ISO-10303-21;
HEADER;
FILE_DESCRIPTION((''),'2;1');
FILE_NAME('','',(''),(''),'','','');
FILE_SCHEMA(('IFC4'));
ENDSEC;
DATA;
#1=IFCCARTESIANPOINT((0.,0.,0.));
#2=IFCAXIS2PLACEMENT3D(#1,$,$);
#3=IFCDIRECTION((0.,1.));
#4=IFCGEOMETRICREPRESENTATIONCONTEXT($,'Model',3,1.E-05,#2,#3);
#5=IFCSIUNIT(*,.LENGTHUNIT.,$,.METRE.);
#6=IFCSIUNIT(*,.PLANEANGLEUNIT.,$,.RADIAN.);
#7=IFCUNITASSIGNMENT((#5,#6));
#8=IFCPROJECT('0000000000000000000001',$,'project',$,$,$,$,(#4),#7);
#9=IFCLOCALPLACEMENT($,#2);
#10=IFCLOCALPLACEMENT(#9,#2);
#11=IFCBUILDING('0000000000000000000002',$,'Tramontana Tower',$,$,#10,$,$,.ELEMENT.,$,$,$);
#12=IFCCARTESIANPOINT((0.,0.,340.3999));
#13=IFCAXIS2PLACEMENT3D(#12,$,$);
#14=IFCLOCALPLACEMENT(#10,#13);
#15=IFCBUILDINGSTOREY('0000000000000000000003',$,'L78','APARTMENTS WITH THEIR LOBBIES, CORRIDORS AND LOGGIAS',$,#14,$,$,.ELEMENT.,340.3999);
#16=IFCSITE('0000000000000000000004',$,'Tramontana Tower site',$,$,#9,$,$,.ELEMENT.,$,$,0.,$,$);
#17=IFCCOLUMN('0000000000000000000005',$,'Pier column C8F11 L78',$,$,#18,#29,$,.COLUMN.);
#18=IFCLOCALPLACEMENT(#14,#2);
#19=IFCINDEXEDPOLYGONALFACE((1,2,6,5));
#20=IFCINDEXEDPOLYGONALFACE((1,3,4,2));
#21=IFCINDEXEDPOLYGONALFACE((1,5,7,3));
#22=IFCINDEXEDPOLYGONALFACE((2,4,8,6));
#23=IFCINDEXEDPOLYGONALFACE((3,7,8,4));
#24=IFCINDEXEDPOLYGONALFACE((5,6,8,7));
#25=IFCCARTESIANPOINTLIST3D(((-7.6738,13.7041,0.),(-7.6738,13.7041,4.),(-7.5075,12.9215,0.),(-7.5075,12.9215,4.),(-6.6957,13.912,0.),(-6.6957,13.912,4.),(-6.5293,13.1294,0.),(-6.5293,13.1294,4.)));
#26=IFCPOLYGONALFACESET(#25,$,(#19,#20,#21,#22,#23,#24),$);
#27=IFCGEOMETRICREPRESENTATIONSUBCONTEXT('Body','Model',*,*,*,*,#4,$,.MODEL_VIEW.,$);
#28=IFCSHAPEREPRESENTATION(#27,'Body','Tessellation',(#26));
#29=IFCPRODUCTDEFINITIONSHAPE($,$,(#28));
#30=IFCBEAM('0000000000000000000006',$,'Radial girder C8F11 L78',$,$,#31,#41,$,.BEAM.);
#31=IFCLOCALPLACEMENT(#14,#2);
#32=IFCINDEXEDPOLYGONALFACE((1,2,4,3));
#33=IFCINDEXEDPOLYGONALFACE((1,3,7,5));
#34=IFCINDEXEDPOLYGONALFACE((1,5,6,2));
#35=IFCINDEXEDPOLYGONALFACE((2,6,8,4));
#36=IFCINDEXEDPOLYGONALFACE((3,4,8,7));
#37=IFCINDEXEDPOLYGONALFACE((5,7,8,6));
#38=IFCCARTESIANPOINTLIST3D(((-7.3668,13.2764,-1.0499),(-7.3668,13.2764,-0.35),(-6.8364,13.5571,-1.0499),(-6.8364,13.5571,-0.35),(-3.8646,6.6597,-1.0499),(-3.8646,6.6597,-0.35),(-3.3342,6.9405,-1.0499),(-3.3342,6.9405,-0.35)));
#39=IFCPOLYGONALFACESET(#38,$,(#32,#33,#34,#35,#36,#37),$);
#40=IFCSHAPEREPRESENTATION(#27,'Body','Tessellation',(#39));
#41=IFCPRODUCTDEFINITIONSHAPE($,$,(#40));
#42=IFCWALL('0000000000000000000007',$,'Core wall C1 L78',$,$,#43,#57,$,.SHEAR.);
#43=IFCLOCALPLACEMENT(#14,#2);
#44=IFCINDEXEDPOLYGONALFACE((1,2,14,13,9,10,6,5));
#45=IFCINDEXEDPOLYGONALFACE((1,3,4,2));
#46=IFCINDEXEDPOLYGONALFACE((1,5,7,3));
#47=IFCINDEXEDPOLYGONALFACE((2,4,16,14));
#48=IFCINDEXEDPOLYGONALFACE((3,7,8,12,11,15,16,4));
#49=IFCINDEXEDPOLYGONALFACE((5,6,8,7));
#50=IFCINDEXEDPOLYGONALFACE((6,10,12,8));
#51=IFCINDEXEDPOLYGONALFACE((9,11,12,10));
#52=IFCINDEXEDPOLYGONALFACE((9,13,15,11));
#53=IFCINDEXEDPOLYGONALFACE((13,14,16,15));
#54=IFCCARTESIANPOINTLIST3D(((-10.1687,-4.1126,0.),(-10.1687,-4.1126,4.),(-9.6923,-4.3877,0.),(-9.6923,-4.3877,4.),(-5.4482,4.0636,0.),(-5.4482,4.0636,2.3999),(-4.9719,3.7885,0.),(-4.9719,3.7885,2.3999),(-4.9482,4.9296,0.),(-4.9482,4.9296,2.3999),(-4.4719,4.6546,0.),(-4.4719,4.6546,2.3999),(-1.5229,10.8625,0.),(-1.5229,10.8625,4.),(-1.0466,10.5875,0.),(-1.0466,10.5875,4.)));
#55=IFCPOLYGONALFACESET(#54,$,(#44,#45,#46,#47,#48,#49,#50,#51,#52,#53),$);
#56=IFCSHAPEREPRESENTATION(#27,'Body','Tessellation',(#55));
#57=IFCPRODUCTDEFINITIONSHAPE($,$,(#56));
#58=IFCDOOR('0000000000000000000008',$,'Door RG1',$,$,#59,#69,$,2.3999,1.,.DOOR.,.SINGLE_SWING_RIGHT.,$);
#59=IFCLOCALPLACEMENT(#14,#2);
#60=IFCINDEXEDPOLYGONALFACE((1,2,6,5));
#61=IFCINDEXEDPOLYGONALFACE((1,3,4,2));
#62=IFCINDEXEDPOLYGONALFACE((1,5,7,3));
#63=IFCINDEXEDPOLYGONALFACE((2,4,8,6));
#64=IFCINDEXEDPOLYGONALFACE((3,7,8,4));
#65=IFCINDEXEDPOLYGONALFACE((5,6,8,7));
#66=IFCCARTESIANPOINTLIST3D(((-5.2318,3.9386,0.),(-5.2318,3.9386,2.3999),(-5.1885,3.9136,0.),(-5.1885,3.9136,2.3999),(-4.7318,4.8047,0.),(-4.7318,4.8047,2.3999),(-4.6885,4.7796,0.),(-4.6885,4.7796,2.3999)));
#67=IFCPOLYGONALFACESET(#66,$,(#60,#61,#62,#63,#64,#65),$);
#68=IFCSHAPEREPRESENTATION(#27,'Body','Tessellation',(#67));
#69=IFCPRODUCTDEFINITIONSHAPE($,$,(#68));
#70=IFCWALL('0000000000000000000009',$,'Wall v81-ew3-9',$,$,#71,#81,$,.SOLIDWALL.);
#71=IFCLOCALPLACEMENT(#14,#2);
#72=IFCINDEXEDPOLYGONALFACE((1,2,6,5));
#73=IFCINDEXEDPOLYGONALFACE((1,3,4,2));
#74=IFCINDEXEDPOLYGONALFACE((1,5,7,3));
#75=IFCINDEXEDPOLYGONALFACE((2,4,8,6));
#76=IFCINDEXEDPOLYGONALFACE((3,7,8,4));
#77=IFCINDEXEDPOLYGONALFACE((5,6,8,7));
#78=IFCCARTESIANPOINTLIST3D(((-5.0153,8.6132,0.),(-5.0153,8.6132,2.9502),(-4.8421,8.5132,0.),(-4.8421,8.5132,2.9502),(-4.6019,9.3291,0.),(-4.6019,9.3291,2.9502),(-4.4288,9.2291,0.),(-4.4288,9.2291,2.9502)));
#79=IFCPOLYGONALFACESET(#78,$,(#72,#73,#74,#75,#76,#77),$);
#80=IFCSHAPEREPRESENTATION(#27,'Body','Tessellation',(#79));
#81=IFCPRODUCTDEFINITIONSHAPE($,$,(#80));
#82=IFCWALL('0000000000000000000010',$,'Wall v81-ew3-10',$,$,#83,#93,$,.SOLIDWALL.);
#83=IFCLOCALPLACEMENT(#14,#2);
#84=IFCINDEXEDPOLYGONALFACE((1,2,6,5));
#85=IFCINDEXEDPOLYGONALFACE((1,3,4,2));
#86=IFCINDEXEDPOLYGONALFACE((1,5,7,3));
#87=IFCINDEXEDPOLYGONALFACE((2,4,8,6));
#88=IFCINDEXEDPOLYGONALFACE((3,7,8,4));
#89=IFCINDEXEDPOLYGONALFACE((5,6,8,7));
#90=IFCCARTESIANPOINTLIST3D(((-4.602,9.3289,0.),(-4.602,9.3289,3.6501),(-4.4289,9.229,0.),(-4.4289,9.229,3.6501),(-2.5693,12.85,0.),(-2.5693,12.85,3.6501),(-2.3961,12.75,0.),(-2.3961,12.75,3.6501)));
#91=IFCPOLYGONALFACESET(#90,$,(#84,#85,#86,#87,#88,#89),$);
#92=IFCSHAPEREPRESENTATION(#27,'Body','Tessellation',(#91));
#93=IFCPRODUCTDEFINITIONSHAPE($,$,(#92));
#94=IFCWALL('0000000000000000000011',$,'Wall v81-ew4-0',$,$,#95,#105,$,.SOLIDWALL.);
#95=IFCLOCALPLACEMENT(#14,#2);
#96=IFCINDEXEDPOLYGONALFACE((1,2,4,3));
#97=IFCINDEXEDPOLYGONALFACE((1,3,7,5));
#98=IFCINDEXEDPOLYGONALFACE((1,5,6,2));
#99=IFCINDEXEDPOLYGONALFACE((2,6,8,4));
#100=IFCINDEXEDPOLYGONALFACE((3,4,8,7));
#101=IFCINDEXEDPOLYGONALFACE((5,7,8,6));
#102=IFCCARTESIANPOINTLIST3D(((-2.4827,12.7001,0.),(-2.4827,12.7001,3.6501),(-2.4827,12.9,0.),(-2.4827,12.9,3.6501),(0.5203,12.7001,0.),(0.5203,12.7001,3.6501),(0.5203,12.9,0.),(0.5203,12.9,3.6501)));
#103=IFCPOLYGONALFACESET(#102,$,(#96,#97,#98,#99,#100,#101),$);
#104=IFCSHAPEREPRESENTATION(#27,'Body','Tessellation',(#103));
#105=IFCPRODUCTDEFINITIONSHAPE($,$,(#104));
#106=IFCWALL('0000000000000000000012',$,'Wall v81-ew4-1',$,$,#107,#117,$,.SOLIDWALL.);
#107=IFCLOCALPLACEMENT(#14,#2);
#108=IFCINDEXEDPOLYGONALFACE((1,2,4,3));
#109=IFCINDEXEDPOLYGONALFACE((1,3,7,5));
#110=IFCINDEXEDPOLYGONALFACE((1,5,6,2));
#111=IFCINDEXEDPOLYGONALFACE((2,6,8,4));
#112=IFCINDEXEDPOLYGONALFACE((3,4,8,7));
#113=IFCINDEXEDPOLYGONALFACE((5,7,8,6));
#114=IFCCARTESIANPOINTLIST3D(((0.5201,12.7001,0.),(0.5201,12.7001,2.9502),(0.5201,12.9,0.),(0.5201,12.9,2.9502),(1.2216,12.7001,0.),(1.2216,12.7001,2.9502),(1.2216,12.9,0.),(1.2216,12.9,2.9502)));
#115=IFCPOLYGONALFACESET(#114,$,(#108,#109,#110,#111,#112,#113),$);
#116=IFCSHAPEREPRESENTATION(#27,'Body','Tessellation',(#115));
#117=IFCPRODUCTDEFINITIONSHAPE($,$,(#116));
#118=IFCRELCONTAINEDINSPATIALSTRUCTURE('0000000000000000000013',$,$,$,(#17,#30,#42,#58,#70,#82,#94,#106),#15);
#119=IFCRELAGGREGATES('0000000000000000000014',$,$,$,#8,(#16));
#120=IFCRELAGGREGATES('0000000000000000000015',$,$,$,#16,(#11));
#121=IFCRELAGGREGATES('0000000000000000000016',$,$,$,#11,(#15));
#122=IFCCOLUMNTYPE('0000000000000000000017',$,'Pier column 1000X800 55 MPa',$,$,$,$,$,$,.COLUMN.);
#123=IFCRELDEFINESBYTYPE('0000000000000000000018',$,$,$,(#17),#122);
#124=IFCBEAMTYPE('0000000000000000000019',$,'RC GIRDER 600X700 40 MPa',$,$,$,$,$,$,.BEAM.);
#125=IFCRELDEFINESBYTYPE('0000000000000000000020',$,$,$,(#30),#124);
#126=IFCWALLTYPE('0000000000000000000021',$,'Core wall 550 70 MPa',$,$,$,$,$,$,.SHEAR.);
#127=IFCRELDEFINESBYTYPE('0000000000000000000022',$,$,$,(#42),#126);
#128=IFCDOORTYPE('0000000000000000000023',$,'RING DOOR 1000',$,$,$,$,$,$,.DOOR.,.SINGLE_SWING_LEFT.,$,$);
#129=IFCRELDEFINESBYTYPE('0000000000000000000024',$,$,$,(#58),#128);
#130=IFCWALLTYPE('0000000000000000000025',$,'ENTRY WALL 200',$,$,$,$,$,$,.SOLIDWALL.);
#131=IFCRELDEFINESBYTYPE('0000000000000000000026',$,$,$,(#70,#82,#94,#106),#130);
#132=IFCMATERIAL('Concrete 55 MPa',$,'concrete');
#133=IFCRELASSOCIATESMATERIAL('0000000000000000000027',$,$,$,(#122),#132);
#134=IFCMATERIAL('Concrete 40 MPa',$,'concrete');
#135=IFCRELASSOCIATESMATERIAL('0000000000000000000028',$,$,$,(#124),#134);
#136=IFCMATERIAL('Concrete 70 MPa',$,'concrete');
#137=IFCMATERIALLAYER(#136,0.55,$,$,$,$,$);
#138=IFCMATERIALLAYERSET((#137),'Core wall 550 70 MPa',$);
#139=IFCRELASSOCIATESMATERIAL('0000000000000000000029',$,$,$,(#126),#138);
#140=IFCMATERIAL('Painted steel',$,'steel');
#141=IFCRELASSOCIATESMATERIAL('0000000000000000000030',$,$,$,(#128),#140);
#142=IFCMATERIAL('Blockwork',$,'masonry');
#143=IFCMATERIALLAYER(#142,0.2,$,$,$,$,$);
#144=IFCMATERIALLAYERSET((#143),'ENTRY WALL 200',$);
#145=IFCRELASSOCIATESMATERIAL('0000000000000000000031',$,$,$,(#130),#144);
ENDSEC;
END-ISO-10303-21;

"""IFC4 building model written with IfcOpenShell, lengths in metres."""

from ifc_helpers import new_model, si_unit, direction, frame, frame_2d, origin, origin_2d, place, context, subcontext, project, spatial, rectangle, extrude, material, layer, layer_set, material_profile, profile_set, type_object, element, fill, save


model = new_model("IFC4")

# Units and contexts
model_context = context("Model", 3, precision=1e-05, world=origin(), true_north=direction((0.0, 1.0)))
body_context = subcontext(model_context, "Body", "Model", "MODEL_VIEW")
ifc_project = project(units=[si_unit("LENGTHUNIT", "METRE"), si_unit("PLANEANGLEUNIT", "RADIAN")], contexts=[model_context])

# Site, building, storey
site_placement = place(None, origin())
site = spatial("IfcSite", under=ifc_project, at=site_placement, Name="Tramontana Tower site", CompositionType="ELEMENT", RefElevation=0.0)
building_placement = place(site_placement, origin())
building = spatial("IfcBuilding", under=site, at=building_placement, Name="Tramontana Tower", CompositionType="ELEMENT")
storey_placement = place(building_placement, frame((0.0, 0.0, 340.3999)))
storey = spatial("IfcBuildingStorey", under=building, at=storey_placement, Name="L78", Description="APARTMENTS WITH THEIR LOBBIES, CORRIDORS AND LOGGIAS", CompositionType="ELEMENT", Elevation=340.3999)

# Column
ifc_material_1 = material(Name="Concrete 55 MPa", Category="concrete")
ifc_material_profile_1 = material_profile(ifc_material_1, rectangle(XDim=1.0, YDim=0.8, at=origin_2d()), Name="Pier column 1000X800 55 MPa")
ifc_profile_set_1 = profile_set([ifc_material_profile_1], Name="Concrete 55 MPa")
column_type = type_object("IfcColumnType", Name="Pier column 1000X800 55 MPa", PredefinedType="COLUMN", material=ifc_profile_set_1)
column_placement = place(storey_placement, frame((-7.1016, 13.4167, 0.0), z_axis=(0.0, 0.0, 1.0), x_axis=(-0.978148, -0.207912, 0.0)))
element("IfcColumn", 1, at=column_placement, inside=storey, type_object=column_type, Name="Pier column C8F11 L78", PredefinedType="COLUMN", context=body_context, shape_type="SweptSolid", body=[
    extrude(rectangle(XDim=1.0, YDim=0.8, at=origin_2d()), origin(), (0.0, 0.0, 1.0), 4.0),
])

# Beam
ifc_material_2 = material(Name="Concrete 40 MPa", Category="concrete")
ifc_material_profile_2 = material_profile(ifc_material_2, rectangle(XDim=0.6001, YDim=0.7, at=origin_2d()), Name="RC GIRDER 600X700 40 MPa")
ifc_profile_set_2 = profile_set([ifc_material_profile_2], Name="Concrete 40 MPa")
beam_type = type_object("IfcBeamType", Name="RC GIRDER 600X700 40 MPa", PredefinedType="BEAM", material=ifc_profile_set_2)
beam_placement = place(storey_placement, frame((-7.1016, 13.4167, -0.7), z_axis=(0.467808, -0.88383, 0.0), x_axis=(0.88383, 0.467808, 0.0)))
element("IfcBeam", 2, at=beam_placement, inside=storey, type_object=beam_type, Name="Radial girder C8F11 L78", PredefinedType="BEAM", context=body_context, shape_type="SweptSolid", body=[
    extrude(rectangle(XDim=0.6001, YDim=0.7, at=origin_2d()), origin(), (0.0, 0.0, 1.0), 7.4863),
])

# Wall, opening, door
ifc_material_3 = material(Name="Concrete 70 MPa", Category="concrete")
ifc_layer_1 = layer(ifc_material_3, 0.55)
ifc_layer_set_1 = layer_set([ifc_layer_1], Name="Core wall 550 70 MPa")
wall_type_1 = type_object("IfcWallType", Name="Core wall 550 70 MPa", PredefinedType="SHEAR", material=ifc_layer_set_1)
wall_1_placement = place(storey_placement, frame((-1.2847, 10.7251, 0.0), z_axis=(0.0, 0.0, 1.0), x_axis=(-0.499995, -0.866029, 0.0)))
wall_1 = element("IfcWall", 3, at=wall_1_placement, inside=storey, type_object=wall_type_1, Name="Core wall C1 L78", PredefinedType="SHEAR", context=body_context, shape_type="SweptSolid", body=[
    extrude(rectangle(XDim=17.2917, YDim=0.55, at=frame_2d((8.646, 0.0))), origin(), (0.0, 0.0, 1.0), 4.0),
])
opening_1_placement = place(wall_1_placement, frame((6.8508, 0.0, 0.0)))
opening_1 = element("IfcOpeningElement", 4, at=opening_1_placement, cuts=wall_1, PredefinedType="OPENING", context=body_context, shape_type="SweptSolid", body=[
    extrude(rectangle(XDim=1.0, YDim=2.3999, at=frame_2d((0.5, 1.2))), frame((0.0, 0.2849, 0.0), z_axis=(0.0, -1.0, 0.0), x_axis=(1.0, 0.0, 0.0)), (0.0, 0.0, 1.0), 0.5701),
])
ifc_material_4 = material(Name="Painted steel", Category="steel")
door_type_1 = type_object("IfcDoorType", Name="RING DOOR 1000", OperationType="SINGLE_SWING_LEFT", PredefinedType="DOOR", material=ifc_material_4)
door_1_placement = place(opening_1_placement, origin())
door_1 = element("IfcDoor", 5, at=door_1_placement, inside=storey, type_object=door_type_1, Name="Door RG1", OperationType="SINGLE_SWING_RIGHT", OverallHeight=2.3999, OverallWidth=1.0, PredefinedType="DOOR", context=body_context, shape_type="SweptSolid", body=[
    extrude(rectangle(XDim=1.0, YDim=2.3999, at=frame_2d((0.5, 1.2))), frame((0.0, 0.0249, 0.0), z_axis=(0.0, -1.0, 0.0), x_axis=(1.0, 0.0, 0.0)), (0.0, 0.0, 1.0), 0.05),
])
fill(opening_1, door_1)

# Walls
ifc_material_5 = material(Name="Blockwork", Category="masonry")
ifc_layer_2 = layer(ifc_material_5, 0.2)
ifc_layer_set_2 = layer_set([ifc_layer_2], Name="ENTRY WALL 200")
wall_type_2 = type_object("IfcWallType", Name="ENTRY WALL 200", PredefinedType="SOLIDWALL", material=ifc_layer_set_2)
wall_2_placement = place(storey_placement, frame((-4.9287, 8.5632, 0.0), z_axis=(0.0, 0.0, 1.0), x_axis=(0.500046, 0.865999, 0.0)))
element("IfcWall", 6, at=wall_2_placement, inside=storey, type_object=wall_type_2, Name="Wall v81-ew3-9", PredefinedType="SOLIDWALL", context=body_context, shape_type="SweptSolid", body=[
    extrude(rectangle(XDim=0.8267, YDim=0.2, at=frame_2d((0.4133, 0.0))), origin(), (0.0, 0.0, 1.0), 2.9502),
])
wall_3_placement = place(storey_placement, frame((-4.5154, 9.2791, 0.0), z_axis=(0.0, 0.0, 1.0), x_axis=(0.499975, 0.86604, 0.0)))
element("IfcWall", 7, at=wall_3_placement, inside=storey, type_object=wall_type_2, Name="Wall v81-ew3-10", PredefinedType="SOLIDWALL", context=body_context, shape_type="SweptSolid", body=[
    extrude(rectangle(XDim=4.0657, YDim=0.2, at=frame_2d((2.0327, 0.0))), origin(), (0.0, 0.0, 1.0), 3.6501),
])
wall_4_placement = place(storey_placement, frame((-2.4827, 12.8, 0.0), z_axis=(0.0, 0.0, 1.0), x_axis=(1.0, 0.0, 0.0)))
element("IfcWall", 8, at=wall_4_placement, inside=storey, type_object=wall_type_2, Name="Wall v81-ew4-0", PredefinedType="SOLIDWALL", context=body_context, shape_type="SweptSolid", body=[
    extrude(rectangle(XDim=3.0029, YDim=0.2, at=frame_2d((1.5015, 0.0))), origin(), (0.0, 0.0, 1.0), 3.6501),
])
wall_5_placement = place(storey_placement, frame((0.5203, 12.8, 0.0), z_axis=(0.0, 0.0, 1.0), x_axis=(1.0, 0.0, 0.0)))
element("IfcWall", 9, at=wall_5_placement, inside=storey, type_object=wall_type_2, Name="Wall v81-ew4-1", PredefinedType="SOLIDWALL", context=body_context, shape_type="SweptSolid", body=[
    extrude(rectangle(XDim=0.7014, YDim=0.2, at=frame_2d((0.3506, 0.0))), origin(), (0.0, 0.0, 1.0), 2.9502),
])

save(model, "model.ifc")
